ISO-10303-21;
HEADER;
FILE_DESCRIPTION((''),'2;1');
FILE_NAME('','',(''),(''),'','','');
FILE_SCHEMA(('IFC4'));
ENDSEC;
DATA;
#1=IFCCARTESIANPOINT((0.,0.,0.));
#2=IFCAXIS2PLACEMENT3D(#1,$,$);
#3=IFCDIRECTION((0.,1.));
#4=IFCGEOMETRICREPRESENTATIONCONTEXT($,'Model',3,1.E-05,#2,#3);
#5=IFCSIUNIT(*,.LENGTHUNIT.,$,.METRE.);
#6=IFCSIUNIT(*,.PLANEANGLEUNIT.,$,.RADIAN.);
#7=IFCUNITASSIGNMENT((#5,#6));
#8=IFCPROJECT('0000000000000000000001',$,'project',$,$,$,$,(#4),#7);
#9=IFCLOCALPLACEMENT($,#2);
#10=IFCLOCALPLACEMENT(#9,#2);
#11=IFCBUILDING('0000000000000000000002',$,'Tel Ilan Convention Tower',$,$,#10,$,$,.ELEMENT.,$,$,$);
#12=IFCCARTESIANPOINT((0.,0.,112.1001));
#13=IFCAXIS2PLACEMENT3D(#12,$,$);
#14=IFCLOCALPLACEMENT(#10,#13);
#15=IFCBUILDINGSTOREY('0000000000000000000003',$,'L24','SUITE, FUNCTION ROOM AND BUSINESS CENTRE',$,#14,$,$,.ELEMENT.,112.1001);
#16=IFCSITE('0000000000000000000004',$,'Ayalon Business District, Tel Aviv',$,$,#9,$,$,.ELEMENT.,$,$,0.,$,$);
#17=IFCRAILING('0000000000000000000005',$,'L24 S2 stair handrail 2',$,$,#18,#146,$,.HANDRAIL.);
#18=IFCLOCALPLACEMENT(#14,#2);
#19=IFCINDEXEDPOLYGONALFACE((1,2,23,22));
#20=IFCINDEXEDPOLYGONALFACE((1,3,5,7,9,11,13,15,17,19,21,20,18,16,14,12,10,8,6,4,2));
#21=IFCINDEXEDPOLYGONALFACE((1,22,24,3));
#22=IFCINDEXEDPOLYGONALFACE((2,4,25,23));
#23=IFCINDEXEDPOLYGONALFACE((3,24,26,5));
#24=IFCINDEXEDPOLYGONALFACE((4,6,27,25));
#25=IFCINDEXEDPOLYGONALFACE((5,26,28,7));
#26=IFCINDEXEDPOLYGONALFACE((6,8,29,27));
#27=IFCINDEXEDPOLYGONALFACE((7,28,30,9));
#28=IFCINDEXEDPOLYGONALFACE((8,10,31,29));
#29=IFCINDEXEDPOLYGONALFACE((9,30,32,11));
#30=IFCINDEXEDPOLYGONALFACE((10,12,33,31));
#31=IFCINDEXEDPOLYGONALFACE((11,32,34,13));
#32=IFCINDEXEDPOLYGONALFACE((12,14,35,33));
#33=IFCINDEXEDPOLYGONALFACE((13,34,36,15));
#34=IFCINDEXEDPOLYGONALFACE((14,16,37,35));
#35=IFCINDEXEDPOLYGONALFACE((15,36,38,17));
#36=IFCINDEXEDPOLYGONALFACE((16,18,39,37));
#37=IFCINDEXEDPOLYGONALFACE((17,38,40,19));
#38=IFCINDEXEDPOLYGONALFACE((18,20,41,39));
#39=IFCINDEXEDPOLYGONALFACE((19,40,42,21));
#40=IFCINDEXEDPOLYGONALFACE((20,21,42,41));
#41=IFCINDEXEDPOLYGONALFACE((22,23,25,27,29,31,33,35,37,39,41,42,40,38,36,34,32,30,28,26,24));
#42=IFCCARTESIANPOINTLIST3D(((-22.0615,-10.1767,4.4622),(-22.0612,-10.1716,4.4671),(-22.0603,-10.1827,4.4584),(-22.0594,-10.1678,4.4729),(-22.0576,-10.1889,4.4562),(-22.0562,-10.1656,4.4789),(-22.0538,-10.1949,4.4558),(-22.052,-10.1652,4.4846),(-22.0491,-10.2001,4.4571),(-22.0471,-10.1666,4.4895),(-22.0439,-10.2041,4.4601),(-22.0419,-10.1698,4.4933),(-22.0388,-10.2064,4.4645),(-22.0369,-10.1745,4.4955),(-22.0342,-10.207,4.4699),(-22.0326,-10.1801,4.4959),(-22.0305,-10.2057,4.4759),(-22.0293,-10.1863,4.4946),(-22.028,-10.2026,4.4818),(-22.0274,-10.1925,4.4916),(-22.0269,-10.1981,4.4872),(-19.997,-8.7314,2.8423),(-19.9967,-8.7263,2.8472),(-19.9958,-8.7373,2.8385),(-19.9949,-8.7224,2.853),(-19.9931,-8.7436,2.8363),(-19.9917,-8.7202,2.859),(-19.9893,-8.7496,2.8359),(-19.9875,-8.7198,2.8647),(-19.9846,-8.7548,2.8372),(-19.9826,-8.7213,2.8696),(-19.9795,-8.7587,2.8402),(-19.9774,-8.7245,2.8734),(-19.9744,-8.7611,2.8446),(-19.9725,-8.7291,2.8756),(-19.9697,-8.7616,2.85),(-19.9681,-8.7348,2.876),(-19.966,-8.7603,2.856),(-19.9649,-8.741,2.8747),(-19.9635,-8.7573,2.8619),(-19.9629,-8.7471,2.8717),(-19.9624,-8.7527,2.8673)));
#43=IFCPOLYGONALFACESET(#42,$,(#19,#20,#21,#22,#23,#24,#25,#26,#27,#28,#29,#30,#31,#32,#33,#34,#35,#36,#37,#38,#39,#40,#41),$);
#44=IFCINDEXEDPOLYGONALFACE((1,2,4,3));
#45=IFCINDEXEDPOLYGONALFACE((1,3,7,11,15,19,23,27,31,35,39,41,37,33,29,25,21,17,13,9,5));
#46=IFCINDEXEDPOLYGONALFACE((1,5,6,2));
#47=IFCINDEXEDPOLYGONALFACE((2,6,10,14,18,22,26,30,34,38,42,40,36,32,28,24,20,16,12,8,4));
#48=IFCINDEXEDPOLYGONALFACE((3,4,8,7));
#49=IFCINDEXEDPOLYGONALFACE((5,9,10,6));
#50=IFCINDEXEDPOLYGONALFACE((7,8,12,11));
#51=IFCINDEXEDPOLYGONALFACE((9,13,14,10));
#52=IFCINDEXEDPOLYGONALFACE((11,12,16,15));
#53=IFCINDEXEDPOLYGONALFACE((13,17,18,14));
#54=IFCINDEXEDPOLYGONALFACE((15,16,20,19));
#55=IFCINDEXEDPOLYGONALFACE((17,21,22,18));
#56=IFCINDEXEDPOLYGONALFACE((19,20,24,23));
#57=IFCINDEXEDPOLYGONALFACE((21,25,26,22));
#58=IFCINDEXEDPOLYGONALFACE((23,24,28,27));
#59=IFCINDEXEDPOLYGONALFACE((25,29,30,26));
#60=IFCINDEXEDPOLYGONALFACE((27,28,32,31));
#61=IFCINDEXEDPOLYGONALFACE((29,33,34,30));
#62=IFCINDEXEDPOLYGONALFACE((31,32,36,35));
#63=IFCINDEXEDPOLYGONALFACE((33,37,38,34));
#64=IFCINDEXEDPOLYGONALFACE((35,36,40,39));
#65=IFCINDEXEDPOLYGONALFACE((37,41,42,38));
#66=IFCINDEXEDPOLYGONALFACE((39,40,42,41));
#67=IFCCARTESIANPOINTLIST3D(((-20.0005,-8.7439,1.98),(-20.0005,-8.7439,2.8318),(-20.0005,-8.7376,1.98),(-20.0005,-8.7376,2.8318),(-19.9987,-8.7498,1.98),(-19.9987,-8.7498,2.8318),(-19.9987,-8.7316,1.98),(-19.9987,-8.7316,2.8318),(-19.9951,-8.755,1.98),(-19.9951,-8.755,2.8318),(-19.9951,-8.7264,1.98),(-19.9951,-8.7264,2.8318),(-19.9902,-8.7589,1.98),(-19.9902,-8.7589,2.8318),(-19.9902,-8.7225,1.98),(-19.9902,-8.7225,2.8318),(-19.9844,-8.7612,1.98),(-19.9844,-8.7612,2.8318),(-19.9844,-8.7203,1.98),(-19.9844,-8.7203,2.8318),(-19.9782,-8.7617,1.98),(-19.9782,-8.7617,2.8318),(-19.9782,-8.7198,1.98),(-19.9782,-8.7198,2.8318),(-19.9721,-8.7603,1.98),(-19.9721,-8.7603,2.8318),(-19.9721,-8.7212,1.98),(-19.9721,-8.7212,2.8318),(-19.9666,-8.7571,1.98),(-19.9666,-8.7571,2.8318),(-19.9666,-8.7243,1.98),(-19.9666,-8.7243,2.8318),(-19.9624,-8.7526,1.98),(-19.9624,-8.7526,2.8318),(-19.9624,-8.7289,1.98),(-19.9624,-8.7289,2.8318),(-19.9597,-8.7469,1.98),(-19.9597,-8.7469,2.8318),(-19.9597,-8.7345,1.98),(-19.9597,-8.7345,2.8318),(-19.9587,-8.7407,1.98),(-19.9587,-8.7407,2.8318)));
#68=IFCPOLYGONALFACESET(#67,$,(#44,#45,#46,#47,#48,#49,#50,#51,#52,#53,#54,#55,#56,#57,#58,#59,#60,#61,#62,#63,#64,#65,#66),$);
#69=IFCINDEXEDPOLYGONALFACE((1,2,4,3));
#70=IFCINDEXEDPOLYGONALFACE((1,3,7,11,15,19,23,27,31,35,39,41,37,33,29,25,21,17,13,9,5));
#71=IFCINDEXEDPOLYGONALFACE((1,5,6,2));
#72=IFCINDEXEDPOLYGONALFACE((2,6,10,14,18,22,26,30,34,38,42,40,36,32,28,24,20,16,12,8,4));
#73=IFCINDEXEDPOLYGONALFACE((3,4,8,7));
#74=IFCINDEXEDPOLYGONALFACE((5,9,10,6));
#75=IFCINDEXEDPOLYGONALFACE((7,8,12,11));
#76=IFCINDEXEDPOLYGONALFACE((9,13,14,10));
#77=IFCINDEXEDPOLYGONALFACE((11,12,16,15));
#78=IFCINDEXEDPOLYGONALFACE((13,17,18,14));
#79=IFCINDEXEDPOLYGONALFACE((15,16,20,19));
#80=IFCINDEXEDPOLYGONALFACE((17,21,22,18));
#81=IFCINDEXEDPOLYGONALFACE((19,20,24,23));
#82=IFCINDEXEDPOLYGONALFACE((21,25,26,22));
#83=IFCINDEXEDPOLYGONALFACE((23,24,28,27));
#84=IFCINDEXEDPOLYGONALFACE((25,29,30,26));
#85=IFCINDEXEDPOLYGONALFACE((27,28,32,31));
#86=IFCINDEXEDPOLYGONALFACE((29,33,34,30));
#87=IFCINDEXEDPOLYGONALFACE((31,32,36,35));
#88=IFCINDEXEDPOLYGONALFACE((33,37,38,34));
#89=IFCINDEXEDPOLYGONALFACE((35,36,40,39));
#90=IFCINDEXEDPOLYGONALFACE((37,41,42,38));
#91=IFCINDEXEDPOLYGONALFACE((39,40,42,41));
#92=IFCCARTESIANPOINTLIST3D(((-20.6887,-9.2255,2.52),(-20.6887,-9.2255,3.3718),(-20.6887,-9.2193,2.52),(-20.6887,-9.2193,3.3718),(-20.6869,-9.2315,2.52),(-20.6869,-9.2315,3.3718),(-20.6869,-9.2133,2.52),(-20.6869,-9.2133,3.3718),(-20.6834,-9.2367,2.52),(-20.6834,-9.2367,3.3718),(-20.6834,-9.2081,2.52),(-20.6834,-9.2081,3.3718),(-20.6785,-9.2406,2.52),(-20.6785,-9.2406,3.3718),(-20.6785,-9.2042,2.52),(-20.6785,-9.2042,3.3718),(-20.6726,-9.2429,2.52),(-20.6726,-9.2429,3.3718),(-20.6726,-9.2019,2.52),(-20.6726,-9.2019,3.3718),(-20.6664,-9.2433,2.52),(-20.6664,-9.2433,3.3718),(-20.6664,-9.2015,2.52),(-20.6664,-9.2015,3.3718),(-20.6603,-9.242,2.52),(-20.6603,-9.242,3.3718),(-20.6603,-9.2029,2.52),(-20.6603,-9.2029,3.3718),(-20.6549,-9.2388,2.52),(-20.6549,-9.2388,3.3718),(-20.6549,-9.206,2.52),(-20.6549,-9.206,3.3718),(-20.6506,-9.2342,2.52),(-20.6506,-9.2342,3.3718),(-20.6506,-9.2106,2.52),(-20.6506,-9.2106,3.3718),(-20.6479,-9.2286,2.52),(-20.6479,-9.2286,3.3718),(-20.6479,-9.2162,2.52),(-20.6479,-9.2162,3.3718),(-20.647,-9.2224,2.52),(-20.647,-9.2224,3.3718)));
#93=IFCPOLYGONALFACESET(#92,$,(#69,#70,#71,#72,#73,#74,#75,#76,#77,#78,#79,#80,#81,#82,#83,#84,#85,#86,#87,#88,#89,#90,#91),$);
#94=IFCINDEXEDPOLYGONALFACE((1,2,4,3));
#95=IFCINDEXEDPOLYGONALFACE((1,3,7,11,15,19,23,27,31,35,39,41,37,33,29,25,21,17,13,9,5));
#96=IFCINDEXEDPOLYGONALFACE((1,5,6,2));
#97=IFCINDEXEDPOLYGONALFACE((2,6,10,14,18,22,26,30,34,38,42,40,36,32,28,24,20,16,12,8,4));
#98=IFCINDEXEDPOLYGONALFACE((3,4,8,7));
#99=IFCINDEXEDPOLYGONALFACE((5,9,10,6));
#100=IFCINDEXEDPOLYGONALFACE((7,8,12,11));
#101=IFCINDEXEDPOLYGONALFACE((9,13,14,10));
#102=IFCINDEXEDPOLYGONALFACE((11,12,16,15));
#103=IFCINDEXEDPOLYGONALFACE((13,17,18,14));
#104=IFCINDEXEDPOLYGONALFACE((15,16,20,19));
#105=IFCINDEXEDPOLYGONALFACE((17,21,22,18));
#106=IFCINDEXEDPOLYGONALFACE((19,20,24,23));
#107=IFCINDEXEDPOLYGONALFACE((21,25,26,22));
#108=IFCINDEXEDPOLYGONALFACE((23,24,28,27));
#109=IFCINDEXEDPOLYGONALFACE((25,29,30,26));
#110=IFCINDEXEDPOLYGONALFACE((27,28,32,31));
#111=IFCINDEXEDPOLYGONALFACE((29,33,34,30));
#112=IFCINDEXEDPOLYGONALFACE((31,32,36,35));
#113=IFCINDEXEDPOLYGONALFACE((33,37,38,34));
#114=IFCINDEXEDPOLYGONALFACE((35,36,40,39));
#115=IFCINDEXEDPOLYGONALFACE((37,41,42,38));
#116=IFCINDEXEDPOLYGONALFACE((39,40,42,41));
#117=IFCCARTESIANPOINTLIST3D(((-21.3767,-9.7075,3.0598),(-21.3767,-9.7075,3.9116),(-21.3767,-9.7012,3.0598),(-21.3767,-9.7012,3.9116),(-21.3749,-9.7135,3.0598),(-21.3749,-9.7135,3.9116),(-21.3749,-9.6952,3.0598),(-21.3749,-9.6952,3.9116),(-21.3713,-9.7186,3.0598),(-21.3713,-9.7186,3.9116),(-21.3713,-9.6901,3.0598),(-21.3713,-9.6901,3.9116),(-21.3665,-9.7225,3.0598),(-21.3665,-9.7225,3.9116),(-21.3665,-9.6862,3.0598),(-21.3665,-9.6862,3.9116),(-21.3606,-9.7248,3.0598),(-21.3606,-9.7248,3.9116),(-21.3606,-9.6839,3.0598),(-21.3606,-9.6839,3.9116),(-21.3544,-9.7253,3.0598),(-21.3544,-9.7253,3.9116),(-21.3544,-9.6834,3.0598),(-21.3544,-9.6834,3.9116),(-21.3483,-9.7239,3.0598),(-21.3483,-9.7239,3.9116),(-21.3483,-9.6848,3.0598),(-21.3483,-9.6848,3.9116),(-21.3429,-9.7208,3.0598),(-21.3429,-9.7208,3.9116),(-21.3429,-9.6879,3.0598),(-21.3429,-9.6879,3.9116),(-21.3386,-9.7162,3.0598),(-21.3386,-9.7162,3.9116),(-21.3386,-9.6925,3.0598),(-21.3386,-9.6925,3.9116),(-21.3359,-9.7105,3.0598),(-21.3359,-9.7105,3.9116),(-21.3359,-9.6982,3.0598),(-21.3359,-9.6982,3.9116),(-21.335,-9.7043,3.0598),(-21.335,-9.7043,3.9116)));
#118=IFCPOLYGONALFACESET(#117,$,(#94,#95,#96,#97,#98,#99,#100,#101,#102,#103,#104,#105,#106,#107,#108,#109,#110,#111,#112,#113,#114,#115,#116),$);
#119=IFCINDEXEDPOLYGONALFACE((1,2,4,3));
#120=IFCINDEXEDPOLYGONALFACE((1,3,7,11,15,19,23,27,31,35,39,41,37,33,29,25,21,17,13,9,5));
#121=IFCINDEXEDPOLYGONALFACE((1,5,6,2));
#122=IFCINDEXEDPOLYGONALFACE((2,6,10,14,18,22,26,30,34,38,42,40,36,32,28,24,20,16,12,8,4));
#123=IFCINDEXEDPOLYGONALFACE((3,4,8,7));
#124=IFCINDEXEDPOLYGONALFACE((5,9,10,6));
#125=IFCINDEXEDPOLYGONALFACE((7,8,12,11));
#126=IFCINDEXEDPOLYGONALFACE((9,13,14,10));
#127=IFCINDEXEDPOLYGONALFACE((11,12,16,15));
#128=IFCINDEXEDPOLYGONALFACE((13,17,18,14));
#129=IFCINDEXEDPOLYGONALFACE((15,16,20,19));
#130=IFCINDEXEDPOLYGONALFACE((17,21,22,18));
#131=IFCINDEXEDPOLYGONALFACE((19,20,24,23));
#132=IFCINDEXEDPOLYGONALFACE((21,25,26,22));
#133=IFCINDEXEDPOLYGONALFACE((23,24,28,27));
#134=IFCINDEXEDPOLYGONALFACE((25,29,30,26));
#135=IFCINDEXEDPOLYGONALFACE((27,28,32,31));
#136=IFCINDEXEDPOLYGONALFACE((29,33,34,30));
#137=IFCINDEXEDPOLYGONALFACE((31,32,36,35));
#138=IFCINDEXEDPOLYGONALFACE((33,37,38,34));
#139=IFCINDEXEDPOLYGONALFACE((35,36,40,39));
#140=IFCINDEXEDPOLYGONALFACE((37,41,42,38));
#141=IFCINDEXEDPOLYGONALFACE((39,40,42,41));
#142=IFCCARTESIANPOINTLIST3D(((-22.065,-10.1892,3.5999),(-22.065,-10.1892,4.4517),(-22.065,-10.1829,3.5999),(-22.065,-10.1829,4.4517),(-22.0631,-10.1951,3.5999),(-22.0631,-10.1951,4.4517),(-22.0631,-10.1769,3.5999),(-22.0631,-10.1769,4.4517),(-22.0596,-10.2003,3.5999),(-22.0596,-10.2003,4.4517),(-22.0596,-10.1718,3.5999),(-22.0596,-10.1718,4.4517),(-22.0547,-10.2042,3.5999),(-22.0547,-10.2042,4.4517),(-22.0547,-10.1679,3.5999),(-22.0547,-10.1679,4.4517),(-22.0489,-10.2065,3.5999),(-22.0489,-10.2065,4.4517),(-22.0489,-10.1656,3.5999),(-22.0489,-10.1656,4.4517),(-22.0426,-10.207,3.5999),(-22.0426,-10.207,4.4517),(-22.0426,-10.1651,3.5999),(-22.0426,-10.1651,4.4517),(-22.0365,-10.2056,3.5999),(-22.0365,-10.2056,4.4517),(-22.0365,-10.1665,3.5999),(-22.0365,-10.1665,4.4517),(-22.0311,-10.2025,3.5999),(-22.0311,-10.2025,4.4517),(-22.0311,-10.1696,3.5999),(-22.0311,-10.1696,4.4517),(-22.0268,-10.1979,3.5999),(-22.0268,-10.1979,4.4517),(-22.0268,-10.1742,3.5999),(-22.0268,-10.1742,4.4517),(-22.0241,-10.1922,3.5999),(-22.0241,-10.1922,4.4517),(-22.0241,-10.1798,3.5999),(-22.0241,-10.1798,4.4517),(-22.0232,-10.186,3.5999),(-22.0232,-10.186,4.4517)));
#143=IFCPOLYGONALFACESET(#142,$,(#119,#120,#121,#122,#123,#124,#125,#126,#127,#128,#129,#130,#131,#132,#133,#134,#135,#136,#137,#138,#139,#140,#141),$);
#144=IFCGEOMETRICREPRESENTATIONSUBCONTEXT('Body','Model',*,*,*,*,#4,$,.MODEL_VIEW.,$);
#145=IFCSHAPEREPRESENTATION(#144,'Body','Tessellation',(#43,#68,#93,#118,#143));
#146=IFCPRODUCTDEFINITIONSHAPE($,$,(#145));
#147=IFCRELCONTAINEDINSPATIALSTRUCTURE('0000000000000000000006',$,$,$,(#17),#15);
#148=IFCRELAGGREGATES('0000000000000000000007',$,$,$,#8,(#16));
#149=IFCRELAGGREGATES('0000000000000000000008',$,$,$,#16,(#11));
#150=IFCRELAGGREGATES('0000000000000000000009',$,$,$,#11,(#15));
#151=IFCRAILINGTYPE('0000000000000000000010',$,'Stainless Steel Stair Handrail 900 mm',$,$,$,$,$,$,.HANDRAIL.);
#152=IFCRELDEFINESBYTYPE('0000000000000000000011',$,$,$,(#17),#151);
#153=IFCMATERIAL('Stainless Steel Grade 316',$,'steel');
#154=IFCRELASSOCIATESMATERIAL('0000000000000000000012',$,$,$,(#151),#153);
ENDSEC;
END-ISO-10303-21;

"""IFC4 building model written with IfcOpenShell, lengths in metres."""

from ifc_helpers import new_model, si_unit, direction, frame, origin, origin_2d, place, context, subcontext, project, spatial, circle, extrude, material, type_object, element, save


model = new_model("IFC4")

# Units and contexts
model_context = context("Model", 3, precision=1e-05, world=origin(), true_north=direction((0.0, 1.0)))
body_context = subcontext(model_context, "Body", "Model", "MODEL_VIEW")
ifc_project = project(units=[si_unit("LENGTHUNIT", "METRE"), si_unit("PLANEANGLEUNIT", "RADIAN")], contexts=[model_context])

# Site, building, storey
site_placement = place(None, origin())
site = spatial("IfcSite", under=ifc_project, at=site_placement, Name="Ayalon Business District, Tel Aviv", CompositionType="ELEMENT", RefElevation=0.0)
building_placement = place(site_placement, origin())
building = spatial("IfcBuilding", under=site, at=building_placement, Name="Tel Ilan Convention Tower", CompositionType="ELEMENT")
storey_placement = place(building_placement, frame((0.0, 0.0, 112.1001)))
storey = spatial("IfcBuildingStorey", under=building, at=storey_placement, Name="L24", Description="SUITE, FUNCTION ROOM AND BUSINESS CENTRE", CompositionType="ELEMENT", Elevation=112.1001)

# Railing
ifc_material_1 = material(Name="Stainless Steel Grade 316", Category="steel")
railing_type_1 = type_object("IfcRailingType", Name="Stainless Steel Stair Handrail 900 mm", PredefinedType="HANDRAIL", material=ifc_material_1)
railing_1_placement = place(storey_placement, frame((-19.9797, -8.7407, 1.98)))
element("IfcRailing", 1, at=railing_1_placement, inside=storey, type_object=railing_type_1, Name="L24 S2 stair handrail 2", PredefinedType="HANDRAIL", context=body_context, shape_type="SweptSolid", body=[
    extrude(circle(Radius=0.0239, at=origin_2d()), frame((0.0, 0.0, 0.876), z_axis=(-0.689113, -0.482444, 0.540713), x_axis=(0.573514, -0.819196, 0.0)), (0.0, 0.0, 1.0), 2.9958),
    extrude(circle(Radius=0.021, at=origin_2d()), origin(), (0.0, 0.0, 1.0), 0.8518),
    extrude(circle(Radius=0.021, at=origin_2d()), frame((-0.6882, -0.4817, 0.54)), (0.0, 0.0, 1.0), 0.8518),
    extrude(circle(Radius=0.021, at=origin_2d()), frame((-1.3762, -0.9636, 1.0798)), (0.0, 0.0, 1.0), 0.8518),
    extrude(circle(Radius=0.021, at=origin_2d()), frame((-2.0645, -1.4453, 1.6199)), (0.0, 0.0, 1.0), 0.8518),
])

save(model, "model.ifc")
